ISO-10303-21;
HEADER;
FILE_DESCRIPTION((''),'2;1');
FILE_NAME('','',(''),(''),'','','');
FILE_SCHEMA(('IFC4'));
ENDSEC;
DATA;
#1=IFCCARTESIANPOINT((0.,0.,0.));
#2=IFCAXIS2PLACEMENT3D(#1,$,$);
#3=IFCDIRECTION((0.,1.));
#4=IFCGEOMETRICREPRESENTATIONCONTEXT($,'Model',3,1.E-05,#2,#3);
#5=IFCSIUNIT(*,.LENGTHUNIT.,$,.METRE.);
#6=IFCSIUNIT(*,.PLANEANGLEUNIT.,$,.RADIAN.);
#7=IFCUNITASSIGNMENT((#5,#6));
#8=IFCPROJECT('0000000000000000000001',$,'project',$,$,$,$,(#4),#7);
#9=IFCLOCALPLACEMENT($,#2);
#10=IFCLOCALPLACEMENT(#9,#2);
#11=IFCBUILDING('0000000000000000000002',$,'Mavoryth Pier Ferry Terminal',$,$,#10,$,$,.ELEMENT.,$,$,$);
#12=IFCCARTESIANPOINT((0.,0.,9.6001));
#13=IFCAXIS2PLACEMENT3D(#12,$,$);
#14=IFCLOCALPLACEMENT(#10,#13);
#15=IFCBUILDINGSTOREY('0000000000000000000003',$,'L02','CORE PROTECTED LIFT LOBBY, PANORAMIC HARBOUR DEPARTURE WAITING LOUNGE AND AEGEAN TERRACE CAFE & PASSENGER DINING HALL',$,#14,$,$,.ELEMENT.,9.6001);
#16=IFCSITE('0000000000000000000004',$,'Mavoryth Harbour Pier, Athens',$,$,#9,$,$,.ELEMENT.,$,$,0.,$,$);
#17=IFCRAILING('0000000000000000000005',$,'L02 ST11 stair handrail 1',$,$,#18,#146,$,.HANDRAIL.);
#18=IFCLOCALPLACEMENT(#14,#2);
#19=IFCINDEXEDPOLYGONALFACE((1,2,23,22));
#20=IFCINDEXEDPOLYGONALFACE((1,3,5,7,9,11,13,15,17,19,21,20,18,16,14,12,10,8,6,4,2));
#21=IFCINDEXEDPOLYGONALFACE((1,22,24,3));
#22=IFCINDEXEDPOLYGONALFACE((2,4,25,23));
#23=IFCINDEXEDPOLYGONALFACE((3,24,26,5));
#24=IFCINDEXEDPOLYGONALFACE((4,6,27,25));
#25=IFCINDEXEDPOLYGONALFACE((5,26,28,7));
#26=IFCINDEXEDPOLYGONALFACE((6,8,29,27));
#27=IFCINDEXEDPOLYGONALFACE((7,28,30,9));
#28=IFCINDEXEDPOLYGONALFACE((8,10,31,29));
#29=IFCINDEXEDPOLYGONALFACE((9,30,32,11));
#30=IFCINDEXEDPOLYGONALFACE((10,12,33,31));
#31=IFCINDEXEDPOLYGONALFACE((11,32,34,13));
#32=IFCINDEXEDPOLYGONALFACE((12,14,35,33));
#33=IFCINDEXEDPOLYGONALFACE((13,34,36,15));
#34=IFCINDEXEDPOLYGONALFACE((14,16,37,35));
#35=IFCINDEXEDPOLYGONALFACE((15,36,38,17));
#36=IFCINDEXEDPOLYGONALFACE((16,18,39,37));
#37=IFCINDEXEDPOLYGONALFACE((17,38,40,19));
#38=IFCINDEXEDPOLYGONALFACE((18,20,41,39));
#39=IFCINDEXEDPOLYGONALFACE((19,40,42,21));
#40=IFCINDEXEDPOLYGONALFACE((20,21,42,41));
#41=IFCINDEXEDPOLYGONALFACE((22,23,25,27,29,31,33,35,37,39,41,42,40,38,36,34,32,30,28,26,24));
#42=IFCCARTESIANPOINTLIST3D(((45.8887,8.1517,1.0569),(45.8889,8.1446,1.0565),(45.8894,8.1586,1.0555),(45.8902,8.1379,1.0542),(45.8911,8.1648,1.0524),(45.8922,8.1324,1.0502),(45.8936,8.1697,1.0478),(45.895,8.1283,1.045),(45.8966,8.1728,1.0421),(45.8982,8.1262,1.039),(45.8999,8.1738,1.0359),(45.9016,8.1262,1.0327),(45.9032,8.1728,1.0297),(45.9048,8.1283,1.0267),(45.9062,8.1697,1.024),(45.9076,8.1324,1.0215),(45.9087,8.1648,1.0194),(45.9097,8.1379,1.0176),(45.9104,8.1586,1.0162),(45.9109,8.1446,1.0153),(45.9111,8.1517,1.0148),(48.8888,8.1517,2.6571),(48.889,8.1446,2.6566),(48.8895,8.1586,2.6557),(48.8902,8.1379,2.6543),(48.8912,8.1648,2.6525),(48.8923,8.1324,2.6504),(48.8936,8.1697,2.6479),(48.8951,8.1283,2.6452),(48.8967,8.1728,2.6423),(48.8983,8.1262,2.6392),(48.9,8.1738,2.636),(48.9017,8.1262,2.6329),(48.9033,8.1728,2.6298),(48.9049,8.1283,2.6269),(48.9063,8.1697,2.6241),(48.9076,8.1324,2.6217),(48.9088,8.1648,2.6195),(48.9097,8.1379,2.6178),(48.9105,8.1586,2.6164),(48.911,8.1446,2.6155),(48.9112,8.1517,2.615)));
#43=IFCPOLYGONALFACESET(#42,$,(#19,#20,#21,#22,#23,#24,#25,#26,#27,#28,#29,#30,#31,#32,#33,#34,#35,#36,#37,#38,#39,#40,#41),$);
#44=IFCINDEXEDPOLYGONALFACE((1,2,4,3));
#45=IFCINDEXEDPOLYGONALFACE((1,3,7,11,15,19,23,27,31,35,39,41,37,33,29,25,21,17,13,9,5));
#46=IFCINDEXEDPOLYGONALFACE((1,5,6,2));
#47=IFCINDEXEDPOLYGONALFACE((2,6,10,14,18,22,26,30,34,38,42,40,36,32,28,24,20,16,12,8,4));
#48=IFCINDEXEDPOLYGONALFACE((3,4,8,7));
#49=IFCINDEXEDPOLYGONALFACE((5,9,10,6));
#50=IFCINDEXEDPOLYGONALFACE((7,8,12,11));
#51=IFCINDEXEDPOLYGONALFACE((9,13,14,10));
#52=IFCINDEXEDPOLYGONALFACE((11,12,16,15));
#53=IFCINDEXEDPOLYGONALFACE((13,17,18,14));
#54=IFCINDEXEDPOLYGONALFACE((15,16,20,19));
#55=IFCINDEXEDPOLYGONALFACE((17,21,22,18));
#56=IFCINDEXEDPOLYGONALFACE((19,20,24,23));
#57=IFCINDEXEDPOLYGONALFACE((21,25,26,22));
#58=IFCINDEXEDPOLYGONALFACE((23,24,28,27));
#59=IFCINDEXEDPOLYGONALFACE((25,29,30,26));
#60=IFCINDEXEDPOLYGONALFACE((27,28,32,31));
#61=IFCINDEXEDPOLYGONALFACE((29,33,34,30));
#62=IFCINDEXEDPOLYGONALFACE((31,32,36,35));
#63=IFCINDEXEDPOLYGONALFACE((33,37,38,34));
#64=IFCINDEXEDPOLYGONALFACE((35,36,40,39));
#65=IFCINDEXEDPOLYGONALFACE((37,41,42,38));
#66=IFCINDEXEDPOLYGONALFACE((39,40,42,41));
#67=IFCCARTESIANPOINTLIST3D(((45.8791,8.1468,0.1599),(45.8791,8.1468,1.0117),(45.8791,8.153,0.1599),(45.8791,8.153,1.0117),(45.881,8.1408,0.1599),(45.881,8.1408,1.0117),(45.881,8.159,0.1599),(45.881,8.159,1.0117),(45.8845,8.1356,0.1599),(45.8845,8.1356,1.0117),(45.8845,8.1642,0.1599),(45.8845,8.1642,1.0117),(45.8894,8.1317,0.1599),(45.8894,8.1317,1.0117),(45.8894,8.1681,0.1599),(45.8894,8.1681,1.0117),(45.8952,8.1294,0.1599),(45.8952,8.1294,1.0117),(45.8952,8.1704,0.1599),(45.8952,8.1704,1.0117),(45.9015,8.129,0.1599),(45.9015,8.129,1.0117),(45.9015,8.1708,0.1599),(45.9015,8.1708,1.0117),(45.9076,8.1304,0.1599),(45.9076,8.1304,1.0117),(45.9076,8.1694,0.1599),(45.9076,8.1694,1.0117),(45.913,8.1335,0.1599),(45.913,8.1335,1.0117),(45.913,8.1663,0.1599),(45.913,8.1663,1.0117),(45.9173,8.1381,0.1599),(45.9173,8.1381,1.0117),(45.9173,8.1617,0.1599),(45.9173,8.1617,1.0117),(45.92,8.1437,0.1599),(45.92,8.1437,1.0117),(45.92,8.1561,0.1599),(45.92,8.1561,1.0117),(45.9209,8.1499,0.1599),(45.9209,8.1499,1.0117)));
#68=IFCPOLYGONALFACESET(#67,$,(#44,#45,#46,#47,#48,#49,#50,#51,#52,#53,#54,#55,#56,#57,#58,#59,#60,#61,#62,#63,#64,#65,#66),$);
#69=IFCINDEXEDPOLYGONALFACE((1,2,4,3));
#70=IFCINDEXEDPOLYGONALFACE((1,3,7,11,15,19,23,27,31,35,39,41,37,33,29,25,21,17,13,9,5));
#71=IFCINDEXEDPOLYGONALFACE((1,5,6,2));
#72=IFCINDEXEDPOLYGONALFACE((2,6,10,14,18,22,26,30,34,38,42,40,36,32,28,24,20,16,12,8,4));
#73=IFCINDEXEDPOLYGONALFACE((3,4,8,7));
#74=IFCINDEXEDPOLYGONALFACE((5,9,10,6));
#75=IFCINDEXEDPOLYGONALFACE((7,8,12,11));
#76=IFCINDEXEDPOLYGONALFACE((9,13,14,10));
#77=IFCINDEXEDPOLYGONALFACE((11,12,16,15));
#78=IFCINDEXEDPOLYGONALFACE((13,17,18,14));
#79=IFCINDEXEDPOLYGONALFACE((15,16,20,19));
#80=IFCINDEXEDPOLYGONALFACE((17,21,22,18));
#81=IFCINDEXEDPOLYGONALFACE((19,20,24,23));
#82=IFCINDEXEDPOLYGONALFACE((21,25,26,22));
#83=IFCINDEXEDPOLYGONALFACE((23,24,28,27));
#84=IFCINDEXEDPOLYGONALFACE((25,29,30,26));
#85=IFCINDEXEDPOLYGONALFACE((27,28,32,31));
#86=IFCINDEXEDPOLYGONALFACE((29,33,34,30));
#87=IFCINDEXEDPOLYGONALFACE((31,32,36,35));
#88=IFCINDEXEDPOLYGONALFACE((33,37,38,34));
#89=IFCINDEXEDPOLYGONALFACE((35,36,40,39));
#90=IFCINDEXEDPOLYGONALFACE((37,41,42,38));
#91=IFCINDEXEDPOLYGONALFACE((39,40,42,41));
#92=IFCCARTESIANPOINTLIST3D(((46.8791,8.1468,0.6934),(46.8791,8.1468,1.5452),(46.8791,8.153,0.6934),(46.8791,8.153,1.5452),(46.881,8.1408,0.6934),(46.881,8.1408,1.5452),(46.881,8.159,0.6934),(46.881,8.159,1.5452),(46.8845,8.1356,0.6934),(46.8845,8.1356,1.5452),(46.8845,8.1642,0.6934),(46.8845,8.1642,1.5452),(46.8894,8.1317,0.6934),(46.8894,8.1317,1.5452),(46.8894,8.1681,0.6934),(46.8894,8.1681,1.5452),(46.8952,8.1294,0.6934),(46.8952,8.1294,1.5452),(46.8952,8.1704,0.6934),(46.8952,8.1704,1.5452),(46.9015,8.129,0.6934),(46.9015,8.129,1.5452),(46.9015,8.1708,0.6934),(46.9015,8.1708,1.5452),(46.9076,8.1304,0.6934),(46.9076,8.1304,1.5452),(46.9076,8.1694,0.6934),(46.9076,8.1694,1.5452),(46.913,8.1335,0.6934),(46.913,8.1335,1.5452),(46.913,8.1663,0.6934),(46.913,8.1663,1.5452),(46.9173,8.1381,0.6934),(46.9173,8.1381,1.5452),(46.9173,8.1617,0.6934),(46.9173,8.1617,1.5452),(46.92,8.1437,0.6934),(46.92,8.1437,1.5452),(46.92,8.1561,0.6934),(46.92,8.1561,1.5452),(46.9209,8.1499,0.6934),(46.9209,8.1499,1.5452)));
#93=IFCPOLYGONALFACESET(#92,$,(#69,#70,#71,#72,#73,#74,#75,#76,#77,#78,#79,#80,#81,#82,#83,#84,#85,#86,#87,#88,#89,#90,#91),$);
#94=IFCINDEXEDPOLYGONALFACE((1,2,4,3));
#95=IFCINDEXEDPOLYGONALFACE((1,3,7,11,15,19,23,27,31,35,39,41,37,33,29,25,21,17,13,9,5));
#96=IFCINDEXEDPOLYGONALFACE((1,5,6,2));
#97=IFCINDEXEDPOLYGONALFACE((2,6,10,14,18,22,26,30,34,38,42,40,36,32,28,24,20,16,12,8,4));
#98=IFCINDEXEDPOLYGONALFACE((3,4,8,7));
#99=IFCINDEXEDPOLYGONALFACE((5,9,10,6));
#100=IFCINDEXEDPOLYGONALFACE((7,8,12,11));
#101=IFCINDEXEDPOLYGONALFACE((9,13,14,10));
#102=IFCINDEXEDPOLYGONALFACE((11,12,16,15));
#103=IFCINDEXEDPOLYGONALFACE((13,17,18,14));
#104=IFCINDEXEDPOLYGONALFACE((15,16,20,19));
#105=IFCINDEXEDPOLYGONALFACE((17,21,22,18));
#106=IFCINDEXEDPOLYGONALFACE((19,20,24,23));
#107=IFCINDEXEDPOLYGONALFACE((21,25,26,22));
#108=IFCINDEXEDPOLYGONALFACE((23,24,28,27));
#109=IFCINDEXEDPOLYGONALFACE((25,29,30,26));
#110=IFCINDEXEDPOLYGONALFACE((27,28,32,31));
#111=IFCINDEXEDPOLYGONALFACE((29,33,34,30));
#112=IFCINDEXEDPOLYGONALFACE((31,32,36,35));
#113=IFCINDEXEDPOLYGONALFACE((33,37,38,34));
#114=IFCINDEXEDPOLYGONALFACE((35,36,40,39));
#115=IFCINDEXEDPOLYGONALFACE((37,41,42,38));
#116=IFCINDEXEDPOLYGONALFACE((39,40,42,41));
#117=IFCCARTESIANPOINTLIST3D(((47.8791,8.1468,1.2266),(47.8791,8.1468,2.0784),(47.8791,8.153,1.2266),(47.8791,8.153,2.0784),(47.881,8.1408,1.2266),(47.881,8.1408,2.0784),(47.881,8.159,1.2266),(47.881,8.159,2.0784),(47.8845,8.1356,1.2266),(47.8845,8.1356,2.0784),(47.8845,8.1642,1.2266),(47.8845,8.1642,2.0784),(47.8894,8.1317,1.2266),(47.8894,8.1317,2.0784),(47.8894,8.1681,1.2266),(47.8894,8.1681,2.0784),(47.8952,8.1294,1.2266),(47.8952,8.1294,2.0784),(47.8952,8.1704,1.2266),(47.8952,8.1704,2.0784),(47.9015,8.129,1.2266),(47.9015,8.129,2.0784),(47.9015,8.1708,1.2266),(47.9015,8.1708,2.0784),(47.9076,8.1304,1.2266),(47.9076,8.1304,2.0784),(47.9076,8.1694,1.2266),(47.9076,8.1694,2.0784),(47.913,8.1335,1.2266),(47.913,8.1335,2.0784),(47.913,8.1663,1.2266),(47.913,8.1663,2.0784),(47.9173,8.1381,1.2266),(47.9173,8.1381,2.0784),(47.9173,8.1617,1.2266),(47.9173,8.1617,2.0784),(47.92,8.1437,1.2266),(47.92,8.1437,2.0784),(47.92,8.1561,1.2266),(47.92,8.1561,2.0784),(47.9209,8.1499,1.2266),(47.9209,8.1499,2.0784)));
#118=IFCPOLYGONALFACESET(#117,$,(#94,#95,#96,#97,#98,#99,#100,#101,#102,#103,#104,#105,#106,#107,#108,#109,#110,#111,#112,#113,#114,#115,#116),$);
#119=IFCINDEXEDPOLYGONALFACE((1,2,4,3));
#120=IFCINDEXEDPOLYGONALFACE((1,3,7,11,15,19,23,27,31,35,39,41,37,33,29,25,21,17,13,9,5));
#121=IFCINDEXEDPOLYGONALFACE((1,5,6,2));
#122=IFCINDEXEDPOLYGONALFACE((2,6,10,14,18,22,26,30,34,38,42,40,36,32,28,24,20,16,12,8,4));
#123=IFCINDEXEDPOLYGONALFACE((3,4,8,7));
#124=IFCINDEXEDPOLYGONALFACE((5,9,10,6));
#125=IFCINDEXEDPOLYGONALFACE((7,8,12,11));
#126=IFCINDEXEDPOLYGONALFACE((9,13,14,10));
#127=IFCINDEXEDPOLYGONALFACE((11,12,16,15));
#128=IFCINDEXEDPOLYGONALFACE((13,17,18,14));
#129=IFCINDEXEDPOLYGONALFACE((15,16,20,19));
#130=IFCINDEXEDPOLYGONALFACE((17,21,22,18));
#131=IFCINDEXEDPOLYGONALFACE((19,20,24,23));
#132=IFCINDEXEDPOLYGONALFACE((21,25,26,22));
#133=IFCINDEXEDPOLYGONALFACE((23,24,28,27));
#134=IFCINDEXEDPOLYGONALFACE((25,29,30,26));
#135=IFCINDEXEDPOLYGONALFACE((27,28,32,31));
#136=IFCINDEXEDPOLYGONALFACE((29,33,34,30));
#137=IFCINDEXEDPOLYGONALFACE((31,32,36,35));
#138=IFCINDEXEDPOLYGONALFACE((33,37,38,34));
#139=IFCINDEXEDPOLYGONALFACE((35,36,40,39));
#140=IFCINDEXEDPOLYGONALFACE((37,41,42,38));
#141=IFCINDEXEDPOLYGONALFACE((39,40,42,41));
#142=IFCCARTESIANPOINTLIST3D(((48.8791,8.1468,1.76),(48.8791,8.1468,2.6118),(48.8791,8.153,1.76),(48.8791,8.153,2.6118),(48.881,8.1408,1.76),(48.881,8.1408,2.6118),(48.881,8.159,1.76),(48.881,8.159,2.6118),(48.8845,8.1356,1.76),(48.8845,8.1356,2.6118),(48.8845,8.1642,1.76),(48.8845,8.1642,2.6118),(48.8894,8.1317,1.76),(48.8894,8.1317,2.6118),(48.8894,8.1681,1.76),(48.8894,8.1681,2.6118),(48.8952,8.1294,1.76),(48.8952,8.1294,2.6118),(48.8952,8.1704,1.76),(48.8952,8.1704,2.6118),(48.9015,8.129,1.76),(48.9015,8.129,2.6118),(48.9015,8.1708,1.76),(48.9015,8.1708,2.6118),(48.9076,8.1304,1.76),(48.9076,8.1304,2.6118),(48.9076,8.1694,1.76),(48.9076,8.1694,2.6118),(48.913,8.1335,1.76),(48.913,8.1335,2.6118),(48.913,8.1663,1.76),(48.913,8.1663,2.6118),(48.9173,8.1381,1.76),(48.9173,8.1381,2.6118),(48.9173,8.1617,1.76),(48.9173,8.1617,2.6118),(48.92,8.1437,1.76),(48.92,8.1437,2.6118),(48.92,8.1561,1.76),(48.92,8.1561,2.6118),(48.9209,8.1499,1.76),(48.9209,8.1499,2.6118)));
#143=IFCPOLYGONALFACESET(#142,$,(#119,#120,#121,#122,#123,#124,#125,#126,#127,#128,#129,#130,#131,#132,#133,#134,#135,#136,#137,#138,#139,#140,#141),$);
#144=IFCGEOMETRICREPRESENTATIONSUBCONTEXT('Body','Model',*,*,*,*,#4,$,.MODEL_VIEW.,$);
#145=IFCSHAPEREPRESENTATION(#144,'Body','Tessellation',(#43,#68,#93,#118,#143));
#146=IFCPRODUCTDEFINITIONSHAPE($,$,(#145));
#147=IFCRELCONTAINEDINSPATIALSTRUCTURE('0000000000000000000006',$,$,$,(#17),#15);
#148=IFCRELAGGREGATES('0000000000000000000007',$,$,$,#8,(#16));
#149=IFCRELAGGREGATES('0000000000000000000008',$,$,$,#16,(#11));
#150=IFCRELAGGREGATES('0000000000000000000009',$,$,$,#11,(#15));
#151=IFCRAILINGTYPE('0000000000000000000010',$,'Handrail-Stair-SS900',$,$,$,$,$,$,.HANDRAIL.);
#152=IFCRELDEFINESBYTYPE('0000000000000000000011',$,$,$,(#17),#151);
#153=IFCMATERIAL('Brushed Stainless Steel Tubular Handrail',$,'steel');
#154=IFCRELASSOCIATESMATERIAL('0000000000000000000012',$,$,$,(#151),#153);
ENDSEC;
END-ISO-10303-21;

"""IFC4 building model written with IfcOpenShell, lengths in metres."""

from ifc_helpers import new_model, si_unit, direction, frame, origin, origin_2d, place, context, subcontext, project, spatial, circle, extrude, material, type_object, element, save


model = new_model("IFC4")

# Units and contexts
model_context = context("Model", 3, precision=1e-05, world=origin(), true_north=direction((0.0, 1.0)))
body_context = subcontext(model_context, "Body", "Model", "MODEL_VIEW")
ifc_project = project(units=[si_unit("LENGTHUNIT", "METRE"), si_unit("PLANEANGLEUNIT", "RADIAN")], contexts=[model_context])

# Site, building, storey
site_placement = place(None, origin())
site = spatial("IfcSite", under=ifc_project, at=site_placement, Name="Mavoryth Harbour Pier, Athens", CompositionType="ELEMENT", RefElevation=0.0)
building_placement = place(site_placement, origin())
building = spatial("IfcBuilding", under=site, at=building_placement, Name="Mavoryth Pier Ferry Terminal", CompositionType="ELEMENT")
storey_placement = place(building_placement, frame((0.0, 0.0, 9.6001)))
storey = spatial("IfcBuildingStorey", under=building, at=storey_placement, Name="L02", Description="CORE PROTECTED LIFT LOBBY, PANORAMIC HARBOUR DEPARTURE WAITING LOUNGE AND AEGEAN TERRACE CAFE & PASSENGER DINING HALL", CompositionType="ELEMENT", Elevation=9.6001)

# Railing
ifc_material_1 = material(Name="Brushed Stainless Steel Tubular Handrail", Category="steel")
railing_type_1 = type_object("IfcRailingType", Name="Handrail-Stair-SS900", PredefinedType="HANDRAIL", material=ifc_material_1)
railing_1_placement = place(storey_placement, frame((45.8999, 8.1499, 0.1599)))
element("IfcRailing", 1, at=railing_1_placement, inside=storey, type_object=railing_type_1, Name="L02 ST11 stair handrail 1", PredefinedType="HANDRAIL", context=body_context, shape_type="SweptSolid", body=[
    extrude(circle(Radius=0.0239, at=origin_2d()), frame((0.0, 0.0, 0.876), z_axis=(0.882341, 0.0, 0.470611), x_axis=(0.0, 1.0, 0.0)), (0.0, 0.0, 1.0), 3.4001),
    extrude(circle(Radius=0.021, at=origin_2d()), origin(), (0.0, 0.0, 1.0), 0.8518),
    extrude(circle(Radius=0.021, at=origin_2d()), frame((1.0, 0.0, 0.5334)), (0.0, 0.0, 1.0), 0.8518),
    extrude(circle(Radius=0.021, at=origin_2d()), frame((2.0, 0.0, 1.0667)), (0.0, 0.0, 1.0), 0.8518),
    extrude(circle(Radius=0.021, at=origin_2d()), frame((3.0, 0.0, 1.6001)), (0.0, 0.0, 1.0), 0.8518),
])

save(model, "model.ifc")
